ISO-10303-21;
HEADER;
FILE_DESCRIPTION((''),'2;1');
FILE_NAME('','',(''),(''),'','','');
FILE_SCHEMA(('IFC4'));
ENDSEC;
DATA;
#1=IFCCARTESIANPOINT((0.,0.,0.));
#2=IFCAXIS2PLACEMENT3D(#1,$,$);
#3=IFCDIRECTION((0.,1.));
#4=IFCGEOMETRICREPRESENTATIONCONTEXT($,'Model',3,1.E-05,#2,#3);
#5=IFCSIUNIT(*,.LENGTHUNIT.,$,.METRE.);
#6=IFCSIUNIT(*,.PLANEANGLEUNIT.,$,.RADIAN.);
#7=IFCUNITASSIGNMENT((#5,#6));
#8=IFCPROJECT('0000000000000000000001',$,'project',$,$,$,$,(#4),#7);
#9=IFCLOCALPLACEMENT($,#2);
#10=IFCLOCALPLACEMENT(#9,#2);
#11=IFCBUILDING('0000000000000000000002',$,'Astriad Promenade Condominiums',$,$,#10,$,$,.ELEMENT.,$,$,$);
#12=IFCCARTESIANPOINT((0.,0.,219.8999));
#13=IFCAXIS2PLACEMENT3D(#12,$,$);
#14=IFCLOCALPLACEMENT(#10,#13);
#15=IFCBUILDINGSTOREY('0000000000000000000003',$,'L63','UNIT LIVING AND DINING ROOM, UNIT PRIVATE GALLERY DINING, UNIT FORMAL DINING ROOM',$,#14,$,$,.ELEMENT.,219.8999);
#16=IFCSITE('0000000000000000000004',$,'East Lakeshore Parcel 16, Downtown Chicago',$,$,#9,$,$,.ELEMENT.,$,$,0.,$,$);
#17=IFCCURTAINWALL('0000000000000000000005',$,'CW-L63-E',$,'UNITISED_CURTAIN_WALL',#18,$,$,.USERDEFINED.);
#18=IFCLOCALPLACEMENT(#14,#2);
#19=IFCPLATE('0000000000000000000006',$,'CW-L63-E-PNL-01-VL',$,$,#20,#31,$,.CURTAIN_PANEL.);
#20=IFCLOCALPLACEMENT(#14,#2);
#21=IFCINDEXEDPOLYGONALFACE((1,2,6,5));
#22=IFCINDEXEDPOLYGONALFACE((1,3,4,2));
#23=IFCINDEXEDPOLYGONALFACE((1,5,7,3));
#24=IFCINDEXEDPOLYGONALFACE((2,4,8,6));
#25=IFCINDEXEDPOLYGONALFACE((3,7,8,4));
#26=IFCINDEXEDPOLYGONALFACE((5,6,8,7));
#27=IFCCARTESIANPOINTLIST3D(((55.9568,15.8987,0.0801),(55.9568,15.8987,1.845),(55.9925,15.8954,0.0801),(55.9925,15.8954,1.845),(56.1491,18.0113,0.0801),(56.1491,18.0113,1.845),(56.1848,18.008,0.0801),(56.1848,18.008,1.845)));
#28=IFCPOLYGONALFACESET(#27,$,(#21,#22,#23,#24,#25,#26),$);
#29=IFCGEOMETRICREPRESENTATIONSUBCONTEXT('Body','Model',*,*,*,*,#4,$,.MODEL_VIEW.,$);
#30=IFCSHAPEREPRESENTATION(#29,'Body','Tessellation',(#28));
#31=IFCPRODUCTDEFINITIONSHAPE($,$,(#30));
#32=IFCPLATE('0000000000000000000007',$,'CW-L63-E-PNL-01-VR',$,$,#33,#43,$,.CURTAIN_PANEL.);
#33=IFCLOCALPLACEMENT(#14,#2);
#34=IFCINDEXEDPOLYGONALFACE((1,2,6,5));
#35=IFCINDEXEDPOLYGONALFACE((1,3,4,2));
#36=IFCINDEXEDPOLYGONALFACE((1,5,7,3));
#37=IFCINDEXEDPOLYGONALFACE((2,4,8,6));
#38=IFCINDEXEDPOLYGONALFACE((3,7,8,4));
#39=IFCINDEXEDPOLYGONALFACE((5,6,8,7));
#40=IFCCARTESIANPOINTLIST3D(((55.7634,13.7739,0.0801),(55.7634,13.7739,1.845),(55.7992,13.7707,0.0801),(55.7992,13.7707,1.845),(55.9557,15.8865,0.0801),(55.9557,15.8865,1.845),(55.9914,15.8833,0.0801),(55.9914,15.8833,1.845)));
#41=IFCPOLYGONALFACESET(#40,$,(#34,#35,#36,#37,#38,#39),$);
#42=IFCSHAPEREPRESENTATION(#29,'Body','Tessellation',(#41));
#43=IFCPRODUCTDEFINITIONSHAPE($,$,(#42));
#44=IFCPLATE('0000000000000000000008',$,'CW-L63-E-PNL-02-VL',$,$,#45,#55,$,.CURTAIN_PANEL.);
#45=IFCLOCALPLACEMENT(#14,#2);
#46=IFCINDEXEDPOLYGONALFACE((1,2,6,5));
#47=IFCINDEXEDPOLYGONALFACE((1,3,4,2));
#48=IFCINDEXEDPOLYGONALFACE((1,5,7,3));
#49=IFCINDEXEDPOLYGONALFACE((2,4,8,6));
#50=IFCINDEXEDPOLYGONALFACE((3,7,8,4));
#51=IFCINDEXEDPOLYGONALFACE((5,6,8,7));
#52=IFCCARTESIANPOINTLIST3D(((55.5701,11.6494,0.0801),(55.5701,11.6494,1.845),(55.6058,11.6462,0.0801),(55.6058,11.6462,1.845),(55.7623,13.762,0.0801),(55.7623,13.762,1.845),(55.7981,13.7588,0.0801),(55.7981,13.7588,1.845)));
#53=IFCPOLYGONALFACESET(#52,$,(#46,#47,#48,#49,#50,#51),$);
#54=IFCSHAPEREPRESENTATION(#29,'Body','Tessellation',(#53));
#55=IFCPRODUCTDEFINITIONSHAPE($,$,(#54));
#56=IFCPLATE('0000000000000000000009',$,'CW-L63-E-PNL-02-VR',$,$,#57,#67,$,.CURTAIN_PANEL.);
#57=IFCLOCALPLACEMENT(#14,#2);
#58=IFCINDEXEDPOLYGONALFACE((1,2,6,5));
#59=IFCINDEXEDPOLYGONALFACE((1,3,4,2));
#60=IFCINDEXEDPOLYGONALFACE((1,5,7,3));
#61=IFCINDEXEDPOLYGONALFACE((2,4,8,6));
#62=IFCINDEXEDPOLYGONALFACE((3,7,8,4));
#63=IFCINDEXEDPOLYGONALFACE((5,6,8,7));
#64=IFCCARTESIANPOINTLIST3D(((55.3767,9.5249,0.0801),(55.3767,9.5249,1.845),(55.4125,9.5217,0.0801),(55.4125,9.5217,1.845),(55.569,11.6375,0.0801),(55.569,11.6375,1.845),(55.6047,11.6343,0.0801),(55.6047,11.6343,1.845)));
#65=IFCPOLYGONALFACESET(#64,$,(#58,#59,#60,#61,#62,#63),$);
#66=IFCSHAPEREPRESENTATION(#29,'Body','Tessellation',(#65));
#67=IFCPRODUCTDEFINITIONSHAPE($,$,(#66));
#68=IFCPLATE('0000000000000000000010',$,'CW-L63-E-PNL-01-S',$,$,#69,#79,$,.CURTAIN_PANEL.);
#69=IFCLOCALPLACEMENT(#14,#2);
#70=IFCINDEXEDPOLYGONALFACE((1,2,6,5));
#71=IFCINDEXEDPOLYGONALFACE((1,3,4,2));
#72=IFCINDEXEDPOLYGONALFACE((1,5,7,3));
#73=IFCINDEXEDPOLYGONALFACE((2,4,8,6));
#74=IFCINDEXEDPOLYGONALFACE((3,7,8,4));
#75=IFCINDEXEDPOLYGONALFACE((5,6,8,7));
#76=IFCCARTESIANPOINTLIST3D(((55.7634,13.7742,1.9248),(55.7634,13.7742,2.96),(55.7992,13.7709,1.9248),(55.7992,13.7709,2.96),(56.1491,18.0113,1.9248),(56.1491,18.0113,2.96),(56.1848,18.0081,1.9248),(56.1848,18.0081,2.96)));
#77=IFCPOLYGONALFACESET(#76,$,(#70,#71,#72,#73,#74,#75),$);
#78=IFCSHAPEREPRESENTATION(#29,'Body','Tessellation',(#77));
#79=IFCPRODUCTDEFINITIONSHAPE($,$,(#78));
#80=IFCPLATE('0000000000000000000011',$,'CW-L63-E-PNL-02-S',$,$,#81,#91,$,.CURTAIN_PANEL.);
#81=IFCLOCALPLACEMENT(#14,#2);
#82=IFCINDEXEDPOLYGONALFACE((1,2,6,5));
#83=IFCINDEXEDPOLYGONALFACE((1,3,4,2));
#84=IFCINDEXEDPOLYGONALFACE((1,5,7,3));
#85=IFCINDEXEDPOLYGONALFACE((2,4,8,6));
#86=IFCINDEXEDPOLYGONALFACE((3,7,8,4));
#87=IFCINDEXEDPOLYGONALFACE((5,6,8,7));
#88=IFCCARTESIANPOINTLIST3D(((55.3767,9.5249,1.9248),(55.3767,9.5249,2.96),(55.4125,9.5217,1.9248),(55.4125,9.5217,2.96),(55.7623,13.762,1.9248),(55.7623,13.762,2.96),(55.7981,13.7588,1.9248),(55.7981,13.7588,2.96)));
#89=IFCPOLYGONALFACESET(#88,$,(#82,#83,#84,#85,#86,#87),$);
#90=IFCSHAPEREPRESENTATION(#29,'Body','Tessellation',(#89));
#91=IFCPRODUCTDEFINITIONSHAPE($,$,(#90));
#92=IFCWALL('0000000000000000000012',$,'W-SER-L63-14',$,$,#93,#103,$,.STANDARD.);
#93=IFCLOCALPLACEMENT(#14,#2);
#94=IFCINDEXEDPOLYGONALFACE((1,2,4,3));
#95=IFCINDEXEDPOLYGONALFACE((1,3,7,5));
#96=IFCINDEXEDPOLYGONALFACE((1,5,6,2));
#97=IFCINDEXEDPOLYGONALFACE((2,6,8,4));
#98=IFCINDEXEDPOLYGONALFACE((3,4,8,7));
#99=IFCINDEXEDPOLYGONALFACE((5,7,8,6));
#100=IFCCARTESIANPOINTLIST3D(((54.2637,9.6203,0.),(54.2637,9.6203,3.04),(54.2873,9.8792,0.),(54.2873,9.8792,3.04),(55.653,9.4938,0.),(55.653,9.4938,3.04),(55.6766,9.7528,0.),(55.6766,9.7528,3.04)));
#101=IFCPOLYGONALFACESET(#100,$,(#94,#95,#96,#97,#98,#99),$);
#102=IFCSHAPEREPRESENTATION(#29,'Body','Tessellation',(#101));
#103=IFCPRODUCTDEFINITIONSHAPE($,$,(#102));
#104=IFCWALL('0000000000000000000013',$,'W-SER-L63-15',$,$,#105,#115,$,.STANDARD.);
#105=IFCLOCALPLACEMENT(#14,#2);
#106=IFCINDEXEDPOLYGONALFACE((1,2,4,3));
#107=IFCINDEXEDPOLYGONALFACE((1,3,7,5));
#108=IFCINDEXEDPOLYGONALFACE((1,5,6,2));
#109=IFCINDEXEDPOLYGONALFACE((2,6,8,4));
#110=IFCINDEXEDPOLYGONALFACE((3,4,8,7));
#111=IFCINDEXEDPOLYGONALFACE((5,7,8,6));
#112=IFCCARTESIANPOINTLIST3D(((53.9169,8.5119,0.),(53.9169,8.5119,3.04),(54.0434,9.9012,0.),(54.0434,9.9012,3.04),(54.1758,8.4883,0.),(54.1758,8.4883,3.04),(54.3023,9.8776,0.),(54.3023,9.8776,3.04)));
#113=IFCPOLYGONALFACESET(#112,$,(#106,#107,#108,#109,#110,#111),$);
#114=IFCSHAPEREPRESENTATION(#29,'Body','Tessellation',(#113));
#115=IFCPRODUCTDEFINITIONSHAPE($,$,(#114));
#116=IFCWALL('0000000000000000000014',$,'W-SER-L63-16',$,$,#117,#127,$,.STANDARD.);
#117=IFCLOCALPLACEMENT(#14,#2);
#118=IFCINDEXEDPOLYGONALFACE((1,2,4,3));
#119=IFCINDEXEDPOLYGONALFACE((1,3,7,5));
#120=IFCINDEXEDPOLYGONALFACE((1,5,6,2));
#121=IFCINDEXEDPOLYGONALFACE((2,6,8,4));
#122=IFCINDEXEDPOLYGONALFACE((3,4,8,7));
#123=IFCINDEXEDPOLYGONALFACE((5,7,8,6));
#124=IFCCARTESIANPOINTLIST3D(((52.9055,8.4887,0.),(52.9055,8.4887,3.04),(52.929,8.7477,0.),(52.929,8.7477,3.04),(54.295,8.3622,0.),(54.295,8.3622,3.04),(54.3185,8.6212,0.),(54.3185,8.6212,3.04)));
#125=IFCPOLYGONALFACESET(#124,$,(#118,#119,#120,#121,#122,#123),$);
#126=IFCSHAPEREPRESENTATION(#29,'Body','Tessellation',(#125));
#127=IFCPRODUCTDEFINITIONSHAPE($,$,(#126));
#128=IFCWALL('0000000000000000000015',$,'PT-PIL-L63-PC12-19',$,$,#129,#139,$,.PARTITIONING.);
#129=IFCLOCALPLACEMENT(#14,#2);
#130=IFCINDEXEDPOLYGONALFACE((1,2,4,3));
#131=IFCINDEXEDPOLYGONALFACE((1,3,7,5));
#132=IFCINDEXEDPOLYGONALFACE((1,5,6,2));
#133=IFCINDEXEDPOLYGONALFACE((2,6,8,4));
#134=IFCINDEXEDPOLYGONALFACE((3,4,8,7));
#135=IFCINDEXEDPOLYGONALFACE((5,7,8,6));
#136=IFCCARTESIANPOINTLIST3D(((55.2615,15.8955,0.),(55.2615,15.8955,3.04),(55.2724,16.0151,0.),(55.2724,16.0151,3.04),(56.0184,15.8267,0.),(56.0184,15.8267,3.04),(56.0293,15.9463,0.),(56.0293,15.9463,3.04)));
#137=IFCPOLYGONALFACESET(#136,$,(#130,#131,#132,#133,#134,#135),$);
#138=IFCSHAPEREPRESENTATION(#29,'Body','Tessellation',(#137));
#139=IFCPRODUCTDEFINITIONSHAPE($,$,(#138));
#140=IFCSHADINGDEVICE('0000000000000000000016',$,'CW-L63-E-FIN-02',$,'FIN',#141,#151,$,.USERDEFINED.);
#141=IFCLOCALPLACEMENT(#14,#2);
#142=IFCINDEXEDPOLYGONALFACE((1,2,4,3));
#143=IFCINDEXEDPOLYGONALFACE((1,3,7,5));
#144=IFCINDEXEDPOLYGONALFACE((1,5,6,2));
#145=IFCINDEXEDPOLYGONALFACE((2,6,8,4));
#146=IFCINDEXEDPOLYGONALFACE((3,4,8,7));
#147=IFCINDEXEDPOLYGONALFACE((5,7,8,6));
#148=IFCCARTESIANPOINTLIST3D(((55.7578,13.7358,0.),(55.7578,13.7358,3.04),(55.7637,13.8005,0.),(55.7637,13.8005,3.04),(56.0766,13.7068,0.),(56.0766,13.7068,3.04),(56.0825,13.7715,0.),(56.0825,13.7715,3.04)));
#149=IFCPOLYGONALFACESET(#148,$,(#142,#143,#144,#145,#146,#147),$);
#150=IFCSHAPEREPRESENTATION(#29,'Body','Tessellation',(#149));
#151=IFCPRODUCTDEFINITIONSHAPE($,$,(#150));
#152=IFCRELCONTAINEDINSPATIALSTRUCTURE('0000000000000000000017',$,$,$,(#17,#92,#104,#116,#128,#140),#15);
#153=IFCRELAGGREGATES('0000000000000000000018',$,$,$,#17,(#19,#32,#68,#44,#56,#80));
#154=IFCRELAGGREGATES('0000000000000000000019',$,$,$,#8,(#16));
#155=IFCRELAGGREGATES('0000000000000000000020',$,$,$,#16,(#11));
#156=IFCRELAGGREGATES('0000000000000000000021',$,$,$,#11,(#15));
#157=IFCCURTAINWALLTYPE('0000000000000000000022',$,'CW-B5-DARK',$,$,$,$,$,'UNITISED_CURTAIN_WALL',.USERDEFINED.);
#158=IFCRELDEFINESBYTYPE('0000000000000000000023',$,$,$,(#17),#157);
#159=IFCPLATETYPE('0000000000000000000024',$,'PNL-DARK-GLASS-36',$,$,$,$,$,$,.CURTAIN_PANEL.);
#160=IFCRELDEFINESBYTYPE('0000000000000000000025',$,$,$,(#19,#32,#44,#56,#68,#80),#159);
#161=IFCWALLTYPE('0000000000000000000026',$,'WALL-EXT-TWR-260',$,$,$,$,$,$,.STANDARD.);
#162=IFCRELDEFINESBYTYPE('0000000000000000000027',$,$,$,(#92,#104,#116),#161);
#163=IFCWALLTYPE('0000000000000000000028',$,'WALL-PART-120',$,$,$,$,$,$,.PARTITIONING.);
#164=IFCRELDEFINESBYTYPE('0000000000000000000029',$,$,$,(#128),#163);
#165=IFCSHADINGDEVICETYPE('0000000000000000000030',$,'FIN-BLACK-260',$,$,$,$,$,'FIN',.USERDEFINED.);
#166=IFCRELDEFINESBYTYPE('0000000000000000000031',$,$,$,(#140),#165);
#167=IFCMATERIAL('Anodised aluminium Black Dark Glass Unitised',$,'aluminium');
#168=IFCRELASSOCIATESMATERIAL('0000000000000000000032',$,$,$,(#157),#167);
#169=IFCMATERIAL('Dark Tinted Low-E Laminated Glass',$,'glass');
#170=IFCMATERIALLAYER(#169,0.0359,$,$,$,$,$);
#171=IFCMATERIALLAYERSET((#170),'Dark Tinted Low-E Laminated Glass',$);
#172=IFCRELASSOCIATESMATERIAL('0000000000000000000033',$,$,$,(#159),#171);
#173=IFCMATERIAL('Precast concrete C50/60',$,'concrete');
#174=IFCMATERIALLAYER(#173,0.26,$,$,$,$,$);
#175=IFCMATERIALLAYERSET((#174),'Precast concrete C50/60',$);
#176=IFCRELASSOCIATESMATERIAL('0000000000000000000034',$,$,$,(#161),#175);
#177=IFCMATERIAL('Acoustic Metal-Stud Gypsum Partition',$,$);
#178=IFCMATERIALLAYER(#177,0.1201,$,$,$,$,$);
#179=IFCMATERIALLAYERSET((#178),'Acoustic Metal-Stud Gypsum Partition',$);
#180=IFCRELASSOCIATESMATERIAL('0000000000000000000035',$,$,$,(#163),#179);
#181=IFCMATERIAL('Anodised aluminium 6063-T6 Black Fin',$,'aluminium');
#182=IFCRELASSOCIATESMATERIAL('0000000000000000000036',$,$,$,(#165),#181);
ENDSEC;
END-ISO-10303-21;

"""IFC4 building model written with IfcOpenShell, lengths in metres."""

from ifc_helpers import new_model, si_unit, direction, frame, frame_2d, origin, origin_2d, place, context, subcontext, project, spatial, rectangle, extrude, source, transform, mapped, material, layer, layer_set, type_object, type_shapes, element, aggregate, save


model = new_model("IFC4")

# Units and contexts
model_context = context("Model", 3, precision=1e-05, world=origin(), true_north=direction((0.0, 1.0)))
body_context = subcontext(model_context, "Body", "Model", "MODEL_VIEW")
ifc_project = project(units=[si_unit("LENGTHUNIT", "METRE"), si_unit("PLANEANGLEUNIT", "RADIAN")], contexts=[model_context])

# Site, building, storey
site_placement = place(None, origin())
site = spatial("IfcSite", under=ifc_project, at=site_placement, Name="East Lakeshore Parcel 16, Downtown Chicago", CompositionType="ELEMENT", RefElevation=0.0)
building_placement = place(site_placement, origin())
building = spatial("IfcBuilding", under=site, at=building_placement, Name="Astriad Promenade Condominiums", CompositionType="ELEMENT")
storey_placement = place(building_placement, frame((0.0, 0.0, 219.8999)))
storey = spatial("IfcBuildingStorey", under=building, at=storey_placement, Name="L63", Description="UNIT LIVING AND DINING ROOM, UNIT PRIVATE GALLERY DINING, UNIT FORMAL DINING ROOM", CompositionType="ELEMENT", Elevation=219.8999)

# Curtain wall, plates
ifc_material_1 = material(Name="Anodised aluminium Black Dark Glass Unitised", Category="aluminium")
curtain_wall_type = type_object("IfcCurtainWallType", Name="CW-B5-DARK", ElementType="UNITISED_CURTAIN_WALL", PredefinedType="USERDEFINED", material=ifc_material_1)
curtain_wall_placement = place(storey_placement, origin())
curtain_wall = element("IfcCurtainWall", 1, at=curtain_wall_placement, inside=storey, type_object=curtain_wall_type, Name="CW-L63-E", ObjectType="UNITISED_CURTAIN_WALL", PredefinedType="USERDEFINED")
ifc_material_2 = material(Name="Dark Tinted Low-E Laminated Glass", Category="glass")
ifc_layer_1 = layer(ifc_material_2, 0.0359)
ifc_layer_set_1 = layer_set([ifc_layer_1], Name="Dark Tinted Low-E Laminated Glass")
plate_type = type_object("IfcPlateType", Name="PNL-DARK-GLASS-36", PredefinedType="CURTAIN_PANEL", material=ifc_layer_set_1)
shared_shape_1 = source(origin(), body_context, "Body", "SweptSolid", [
    extrude(rectangle(XDim=2.1213, YDim=0.0359, at=origin_2d()), origin(), (0.0, 0.0, 1.0), 1.7649),
])
plate_1_placement = place(storey_placement, frame((56.0708, 16.9534, 0.0801), z_axis=(0.0, 0.0, 1.0), x_axis=(-0.090633, -0.995884, 0.0)))
plate_1 = element("IfcPlate", 2, at=plate_1_placement, type_object=plate_type, Name="CW-L63-E-PNL-01-VL", PredefinedType="CURTAIN_PANEL", context=body_context, shape_type="MappedRepresentation", body=[
    mapped(shared_shape_1, transform((0.0, 0.0, 0.0), scale=1.0)),
])
plate_2_placement = place(storey_placement, frame((55.8774, 14.8286, 0.0801), z_axis=(0.0, 0.0, 1.0), x_axis=(-0.090633, -0.995884, 0.0)))
plate_2 = element("IfcPlate", 3, at=plate_2_placement, type_object=plate_type, Name="CW-L63-E-PNL-01-VR", PredefinedType="CURTAIN_PANEL", context=body_context, shape_type="MappedRepresentation", body=[
    mapped(shared_shape_1, transform((0.0, 0.0, 0.0), scale=1.0)),
])
plate_3_placement = place(storey_placement, frame((55.6841, 12.7041, 0.0801), z_axis=(0.0, 0.0, 1.0), x_axis=(-0.090633, -0.995884, 0.0)))
plate_3 = element("IfcPlate", 4, at=plate_3_placement, type_object=plate_type, Name="CW-L63-E-PNL-02-VL", PredefinedType="CURTAIN_PANEL", context=body_context, shape_type="MappedRepresentation", body=[
    mapped(shared_shape_1, transform((0.0, 0.0, 0.0), scale=1.0)),
])
plate_4_placement = place(storey_placement, frame((55.4907, 10.5796, 0.0801), z_axis=(0.0, 0.0, 1.0), x_axis=(-0.090633, -0.995884, 0.0)))
plate_4 = element("IfcPlate", 5, at=plate_4_placement, type_object=plate_type, Name="CW-L63-E-PNL-02-VR", PredefinedType="CURTAIN_PANEL", context=body_context, shape_type="MappedRepresentation", body=[
    mapped(shared_shape_1, transform((0.0, 0.0, 0.0), scale=1.0)),
])
shared_shape_2 = source(origin(), body_context, "Body", "SweptSolid", [
    extrude(rectangle(XDim=4.2546, YDim=0.0359, at=origin_2d()), origin(), (0.0, 0.0, 1.0), 1.0352),
])
type_shapes(plate_type, [shared_shape_1, shared_shape_2])
plate_5_placement = place(storey_placement, frame((55.9741, 15.8911, 1.9248), z_axis=(0.0, 0.0, 1.0), x_axis=(-0.090633, -0.995884, 0.0)))
plate_5 = element("IfcPlate", 6, at=plate_5_placement, type_object=plate_type, Name="CW-L63-E-PNL-01-S", PredefinedType="CURTAIN_PANEL", context=body_context, shape_type="MappedRepresentation", body=[
    mapped(shared_shape_2, transform((0.0, 0.0, 0.0), scale=1.0)),
])
plate_6_placement = place(storey_placement, frame((55.5874, 11.6418, 1.9248), z_axis=(0.0, 0.0, 1.0), x_axis=(-0.090633, -0.995884, 0.0)))
plate_6 = element("IfcPlate", 7, at=plate_6_placement, type_object=plate_type, Name="CW-L63-E-PNL-02-S", PredefinedType="CURTAIN_PANEL", context=body_context, shape_type="MappedRepresentation", body=[
    mapped(shared_shape_2, transform((0.0, 0.0, 0.0), scale=1.0)),
])
aggregate(curtain_wall, [plate_1, plate_2, plate_5, plate_3, plate_4, plate_6])

# Walls
ifc_material_3 = material(Name="Precast concrete C50/60", Category="concrete")
ifc_layer_2 = layer(ifc_material_3, 0.26)
ifc_layer_set_2 = layer_set([ifc_layer_2], Name="Precast concrete C50/60")
wall_type_1 = type_object("IfcWallType", Name="WALL-EXT-TWR-260", PredefinedType="STANDARD", material=ifc_layer_set_2)
for number, where, z_axis, x_axis, name in (
    (8, (55.6648, 9.6233, 0.0), (0.0, 0.0, 1.0), (-0.995882, 0.090662, 0.0), "W-SER-L63-14"),
    (9, (54.1729, 9.8894, 0.0), (0.0, 0.0, 1.0), (-0.090662, -0.995882, 0.0), "W-SER-L63-15"),
):
    element("IfcWall", number, at=place(storey_placement, frame(where, z_axis=z_axis, x_axis=x_axis)), inside=storey, type_object=wall_type_1, Name=name, PredefinedType="STANDARD", context=body_context, shape_type="SweptSolid", body=[
        extrude(rectangle(XDim=1.395, YDim=0.26, at=frame_2d((0.6975, 0.0))), origin(), (0.0, 0.0, 1.0), 3.04),
    ])
wall_1_placement = place(storey_placement, frame((54.3069, 8.4917, 0.0), z_axis=(0.0, 0.0, 1.0), x_axis=(-0.995883, 0.090646, 0.0)))
element("IfcWall", 10, at=wall_1_placement, inside=storey, type_object=wall_type_1, Name="W-SER-L63-16", PredefinedType="STANDARD", context=body_context, shape_type="SweptSolid", body=[
    extrude(rectangle(XDim=1.3953, YDim=0.26, at=frame_2d((0.6978, 0.0))), origin(), (0.0, 0.0, 1.0), 3.04),
])
ifc_material_4 = material(Name="Acoustic Metal-Stud Gypsum Partition")
ifc_layer_3 = layer(ifc_material_4, 0.1201)
ifc_layer_set_3 = layer_set([ifc_layer_3], Name="Acoustic Metal-Stud Gypsum Partition")
wall_type_2 = type_object("IfcWallType", Name="WALL-PART-120", PredefinedType="PARTITIONING", material=ifc_layer_set_3)
wall_2_placement = place(storey_placement, frame((55.2671, 15.9553, 0.0), z_axis=(0.0, 0.0, 1.0), x_axis=(0.995888, -0.090594, 0.0)))
element("IfcWall", 11, at=wall_2_placement, inside=storey, type_object=wall_type_2, Name="PT-PIL-L63-PC12-19", PredefinedType="PARTITIONING", context=body_context, shape_type="SweptSolid", body=[
    extrude(rectangle(XDim=0.76, YDim=0.1201, at=frame_2d((0.3799, 0.0))), origin(), (0.0, 0.0, 1.0), 3.04),
])

# Shading device
ifc_material_5 = material(Name="Anodised aluminium 6063-T6 Black Fin", Category="aluminium")
shading_device_type = type_object("IfcShadingDeviceType", Name="FIN-BLACK-260", ElementType="FIN", PredefinedType="USERDEFINED", material=ifc_material_5)
shared_shape_3 = source(origin(), body_context, "Body", "SweptSolid", [
    extrude(rectangle(XDim=0.0649, YDim=0.3201, at=origin_2d()), origin(), (0.0, 0.0, 1.0), 3.04),
])
type_shapes(shading_device_type, [shared_shape_3])
shading_device_placement = place(storey_placement, frame((55.9202, 13.7537, 0.0), z_axis=(0.0, 0.0, 1.0), x_axis=(-0.090633, -0.995884, 0.0)))
element("IfcShadingDevice", 12, at=shading_device_placement, inside=storey, type_object=shading_device_type, Name="CW-L63-E-FIN-02", ObjectType="FIN", PredefinedType="USERDEFINED", context=body_context, shape_type="MappedRepresentation", body=[
    mapped(shared_shape_3, transform((0.0, 0.0, 0.0), scale=1.0)),
])

save(model, "model.ifc")
